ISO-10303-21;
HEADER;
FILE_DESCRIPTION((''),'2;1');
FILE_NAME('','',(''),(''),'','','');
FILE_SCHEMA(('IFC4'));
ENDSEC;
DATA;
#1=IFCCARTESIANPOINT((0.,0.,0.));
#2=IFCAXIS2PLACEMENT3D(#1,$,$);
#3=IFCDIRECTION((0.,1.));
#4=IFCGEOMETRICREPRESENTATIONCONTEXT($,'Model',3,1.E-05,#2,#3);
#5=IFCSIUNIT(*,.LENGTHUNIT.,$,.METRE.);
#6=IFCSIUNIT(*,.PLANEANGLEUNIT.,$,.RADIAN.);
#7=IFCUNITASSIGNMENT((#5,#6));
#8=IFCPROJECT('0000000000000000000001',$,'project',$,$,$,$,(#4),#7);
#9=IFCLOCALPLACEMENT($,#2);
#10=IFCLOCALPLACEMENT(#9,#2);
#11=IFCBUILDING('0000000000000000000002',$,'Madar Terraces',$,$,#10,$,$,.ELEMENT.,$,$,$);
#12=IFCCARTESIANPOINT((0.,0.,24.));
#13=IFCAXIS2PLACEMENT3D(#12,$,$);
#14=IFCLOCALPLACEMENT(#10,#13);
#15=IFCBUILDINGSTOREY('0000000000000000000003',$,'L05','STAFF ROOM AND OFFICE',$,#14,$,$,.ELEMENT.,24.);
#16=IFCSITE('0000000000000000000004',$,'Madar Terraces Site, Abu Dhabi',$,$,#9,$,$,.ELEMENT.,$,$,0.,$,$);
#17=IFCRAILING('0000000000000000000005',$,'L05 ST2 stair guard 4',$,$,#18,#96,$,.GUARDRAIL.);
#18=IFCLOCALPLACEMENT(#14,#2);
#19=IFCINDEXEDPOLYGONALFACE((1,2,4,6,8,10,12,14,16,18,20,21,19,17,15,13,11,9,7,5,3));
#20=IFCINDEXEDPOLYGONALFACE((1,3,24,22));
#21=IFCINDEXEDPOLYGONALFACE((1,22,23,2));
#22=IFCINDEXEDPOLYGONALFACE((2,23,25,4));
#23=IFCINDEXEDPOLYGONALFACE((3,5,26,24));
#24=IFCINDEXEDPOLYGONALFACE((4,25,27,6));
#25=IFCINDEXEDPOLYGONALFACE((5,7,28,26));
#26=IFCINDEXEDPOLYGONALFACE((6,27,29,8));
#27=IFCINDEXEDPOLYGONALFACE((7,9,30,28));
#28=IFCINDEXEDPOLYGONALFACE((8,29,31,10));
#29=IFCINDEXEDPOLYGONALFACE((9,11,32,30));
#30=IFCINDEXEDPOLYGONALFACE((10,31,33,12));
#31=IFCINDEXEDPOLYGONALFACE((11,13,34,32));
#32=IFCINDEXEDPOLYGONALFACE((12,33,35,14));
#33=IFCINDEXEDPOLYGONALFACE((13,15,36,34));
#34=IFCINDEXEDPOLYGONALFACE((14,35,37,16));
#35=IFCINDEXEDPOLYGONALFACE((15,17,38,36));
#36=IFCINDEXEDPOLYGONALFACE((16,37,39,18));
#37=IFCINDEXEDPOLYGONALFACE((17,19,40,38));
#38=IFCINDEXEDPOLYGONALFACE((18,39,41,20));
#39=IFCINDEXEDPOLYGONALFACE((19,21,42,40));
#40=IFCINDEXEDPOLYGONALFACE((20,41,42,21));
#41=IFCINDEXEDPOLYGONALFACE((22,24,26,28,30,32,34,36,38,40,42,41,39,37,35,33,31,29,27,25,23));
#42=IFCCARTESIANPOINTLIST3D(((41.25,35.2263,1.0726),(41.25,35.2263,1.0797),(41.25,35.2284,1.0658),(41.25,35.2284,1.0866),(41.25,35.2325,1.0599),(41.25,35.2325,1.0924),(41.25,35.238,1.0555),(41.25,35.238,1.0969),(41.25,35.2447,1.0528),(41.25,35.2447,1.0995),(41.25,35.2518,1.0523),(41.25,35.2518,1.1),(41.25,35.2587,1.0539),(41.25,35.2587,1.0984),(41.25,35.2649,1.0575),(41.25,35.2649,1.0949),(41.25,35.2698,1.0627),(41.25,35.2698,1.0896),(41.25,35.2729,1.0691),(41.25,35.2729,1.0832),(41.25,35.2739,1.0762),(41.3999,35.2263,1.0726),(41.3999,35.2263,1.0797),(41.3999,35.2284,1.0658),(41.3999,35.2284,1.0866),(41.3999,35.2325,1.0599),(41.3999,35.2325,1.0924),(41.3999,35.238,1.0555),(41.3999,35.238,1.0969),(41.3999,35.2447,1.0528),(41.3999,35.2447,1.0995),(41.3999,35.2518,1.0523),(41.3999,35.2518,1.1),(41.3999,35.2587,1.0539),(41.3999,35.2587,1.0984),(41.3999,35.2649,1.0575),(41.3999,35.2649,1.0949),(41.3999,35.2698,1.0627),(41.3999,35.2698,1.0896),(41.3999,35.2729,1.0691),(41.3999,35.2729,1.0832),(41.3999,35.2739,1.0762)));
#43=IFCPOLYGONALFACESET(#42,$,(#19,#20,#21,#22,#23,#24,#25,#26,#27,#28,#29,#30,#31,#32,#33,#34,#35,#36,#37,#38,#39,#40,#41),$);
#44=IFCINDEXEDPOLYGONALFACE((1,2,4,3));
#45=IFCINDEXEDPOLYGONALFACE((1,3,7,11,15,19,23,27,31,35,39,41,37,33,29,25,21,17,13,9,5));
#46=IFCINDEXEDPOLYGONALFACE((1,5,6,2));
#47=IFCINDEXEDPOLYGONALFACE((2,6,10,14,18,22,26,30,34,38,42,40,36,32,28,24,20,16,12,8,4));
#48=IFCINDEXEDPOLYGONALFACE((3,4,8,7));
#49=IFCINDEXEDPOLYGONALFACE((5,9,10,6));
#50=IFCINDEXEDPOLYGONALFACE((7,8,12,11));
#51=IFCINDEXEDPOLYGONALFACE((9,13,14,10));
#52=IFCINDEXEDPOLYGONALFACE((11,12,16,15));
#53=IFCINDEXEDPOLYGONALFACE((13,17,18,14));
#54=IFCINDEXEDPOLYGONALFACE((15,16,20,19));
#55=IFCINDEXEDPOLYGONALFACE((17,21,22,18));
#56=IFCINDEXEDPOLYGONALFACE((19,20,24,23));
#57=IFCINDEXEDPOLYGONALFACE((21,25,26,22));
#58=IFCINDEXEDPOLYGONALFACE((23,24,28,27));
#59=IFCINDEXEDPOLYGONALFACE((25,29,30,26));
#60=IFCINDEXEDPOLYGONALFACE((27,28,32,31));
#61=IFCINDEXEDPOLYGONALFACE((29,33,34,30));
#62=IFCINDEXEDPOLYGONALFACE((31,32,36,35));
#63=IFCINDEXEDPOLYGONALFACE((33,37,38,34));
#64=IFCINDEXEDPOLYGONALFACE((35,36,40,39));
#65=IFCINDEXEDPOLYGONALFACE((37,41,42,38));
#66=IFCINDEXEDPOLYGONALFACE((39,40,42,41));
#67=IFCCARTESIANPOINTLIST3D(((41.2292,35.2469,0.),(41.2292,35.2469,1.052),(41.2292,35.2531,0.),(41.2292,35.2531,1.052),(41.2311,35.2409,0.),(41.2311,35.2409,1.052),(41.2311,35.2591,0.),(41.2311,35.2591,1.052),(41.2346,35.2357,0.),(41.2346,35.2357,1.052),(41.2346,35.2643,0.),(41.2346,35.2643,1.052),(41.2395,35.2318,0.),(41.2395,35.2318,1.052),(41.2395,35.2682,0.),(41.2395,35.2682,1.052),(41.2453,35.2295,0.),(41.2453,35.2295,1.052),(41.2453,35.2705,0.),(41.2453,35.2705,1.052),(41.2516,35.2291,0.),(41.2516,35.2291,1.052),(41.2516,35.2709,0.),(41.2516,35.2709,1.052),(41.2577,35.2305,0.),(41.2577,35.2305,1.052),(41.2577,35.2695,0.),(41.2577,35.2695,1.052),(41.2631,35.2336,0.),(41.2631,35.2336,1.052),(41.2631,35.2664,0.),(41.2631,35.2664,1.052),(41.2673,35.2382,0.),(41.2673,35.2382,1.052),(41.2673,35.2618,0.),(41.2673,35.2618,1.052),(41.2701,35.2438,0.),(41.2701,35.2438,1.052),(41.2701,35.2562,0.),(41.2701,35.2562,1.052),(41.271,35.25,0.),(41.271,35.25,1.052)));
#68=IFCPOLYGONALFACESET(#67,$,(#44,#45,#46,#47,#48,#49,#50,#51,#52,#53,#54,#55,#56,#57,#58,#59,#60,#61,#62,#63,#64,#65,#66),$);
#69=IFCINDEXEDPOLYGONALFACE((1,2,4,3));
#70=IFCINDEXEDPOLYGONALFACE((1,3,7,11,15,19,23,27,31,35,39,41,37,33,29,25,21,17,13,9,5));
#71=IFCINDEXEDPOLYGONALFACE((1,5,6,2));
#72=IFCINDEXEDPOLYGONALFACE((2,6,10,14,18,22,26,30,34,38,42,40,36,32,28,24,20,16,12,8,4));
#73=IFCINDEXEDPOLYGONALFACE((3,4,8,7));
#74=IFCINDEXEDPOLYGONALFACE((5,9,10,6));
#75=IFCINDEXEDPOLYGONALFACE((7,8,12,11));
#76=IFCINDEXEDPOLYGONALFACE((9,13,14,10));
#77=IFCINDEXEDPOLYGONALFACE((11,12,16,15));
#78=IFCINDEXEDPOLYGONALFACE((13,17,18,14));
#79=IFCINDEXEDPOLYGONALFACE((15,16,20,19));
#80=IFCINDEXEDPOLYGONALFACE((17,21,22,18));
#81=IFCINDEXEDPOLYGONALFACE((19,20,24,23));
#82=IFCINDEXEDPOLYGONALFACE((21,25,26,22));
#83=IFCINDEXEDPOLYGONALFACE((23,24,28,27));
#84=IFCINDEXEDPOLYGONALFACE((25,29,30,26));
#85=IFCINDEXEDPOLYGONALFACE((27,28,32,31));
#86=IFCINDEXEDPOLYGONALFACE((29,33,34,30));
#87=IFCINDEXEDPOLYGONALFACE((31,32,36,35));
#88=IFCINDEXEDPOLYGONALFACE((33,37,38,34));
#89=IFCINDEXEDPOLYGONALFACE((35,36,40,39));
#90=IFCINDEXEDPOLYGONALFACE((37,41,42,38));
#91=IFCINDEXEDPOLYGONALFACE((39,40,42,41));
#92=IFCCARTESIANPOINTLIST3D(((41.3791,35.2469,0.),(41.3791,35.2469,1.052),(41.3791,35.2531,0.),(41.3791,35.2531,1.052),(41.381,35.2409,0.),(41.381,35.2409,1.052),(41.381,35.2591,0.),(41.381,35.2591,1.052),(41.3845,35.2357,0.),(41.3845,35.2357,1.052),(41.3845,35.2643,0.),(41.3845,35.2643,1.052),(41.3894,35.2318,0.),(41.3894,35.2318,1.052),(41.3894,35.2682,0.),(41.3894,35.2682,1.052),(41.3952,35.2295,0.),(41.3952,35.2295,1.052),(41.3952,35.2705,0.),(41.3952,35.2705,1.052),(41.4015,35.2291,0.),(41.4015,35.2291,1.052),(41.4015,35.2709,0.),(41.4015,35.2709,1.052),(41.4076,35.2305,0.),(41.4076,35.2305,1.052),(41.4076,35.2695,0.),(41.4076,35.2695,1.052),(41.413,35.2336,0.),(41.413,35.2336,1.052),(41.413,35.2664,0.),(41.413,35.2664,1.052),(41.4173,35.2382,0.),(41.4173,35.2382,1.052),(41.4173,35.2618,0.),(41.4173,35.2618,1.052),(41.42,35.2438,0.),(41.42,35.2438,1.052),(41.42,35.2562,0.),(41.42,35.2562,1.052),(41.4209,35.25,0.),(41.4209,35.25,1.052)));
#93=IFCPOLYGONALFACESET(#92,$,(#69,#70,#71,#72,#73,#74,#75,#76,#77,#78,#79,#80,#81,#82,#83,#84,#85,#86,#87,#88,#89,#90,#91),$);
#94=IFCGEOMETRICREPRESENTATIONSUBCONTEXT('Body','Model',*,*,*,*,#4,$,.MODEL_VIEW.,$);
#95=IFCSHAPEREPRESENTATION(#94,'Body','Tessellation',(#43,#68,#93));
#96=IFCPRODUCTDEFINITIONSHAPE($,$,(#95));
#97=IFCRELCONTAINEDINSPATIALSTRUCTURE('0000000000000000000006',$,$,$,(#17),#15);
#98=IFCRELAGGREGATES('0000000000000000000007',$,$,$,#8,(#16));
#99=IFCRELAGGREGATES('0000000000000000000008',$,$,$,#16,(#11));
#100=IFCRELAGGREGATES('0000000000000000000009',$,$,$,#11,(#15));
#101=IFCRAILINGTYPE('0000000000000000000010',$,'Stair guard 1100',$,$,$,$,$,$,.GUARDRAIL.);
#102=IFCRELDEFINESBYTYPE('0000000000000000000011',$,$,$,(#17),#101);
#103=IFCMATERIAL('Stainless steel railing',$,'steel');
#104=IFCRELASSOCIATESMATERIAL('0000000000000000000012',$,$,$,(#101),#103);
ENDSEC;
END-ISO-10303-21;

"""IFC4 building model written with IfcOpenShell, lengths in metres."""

from ifc_helpers import new_model, si_unit, direction, frame, origin, origin_2d, place, context, subcontext, project, spatial, circle, extrude, material, type_object, element, save


model = new_model("IFC4")

# Units and contexts
model_context = context("Model", 3, precision=1e-05, world=origin(), true_north=direction((0.0, 1.0)))
body_context = subcontext(model_context, "Body", "Model", "MODEL_VIEW")
ifc_project = project(units=[si_unit("LENGTHUNIT", "METRE"), si_unit("PLANEANGLEUNIT", "RADIAN")], contexts=[model_context])

# Site, building, storey
site_placement = place(None, origin())
site = spatial("IfcSite", under=ifc_project, at=site_placement, Name="Madar Terraces Site, Abu Dhabi", CompositionType="ELEMENT", RefElevation=0.0)
building_placement = place(site_placement, origin())
building = spatial("IfcBuilding", under=site, at=building_placement, Name="Madar Terraces", CompositionType="ELEMENT")
storey_placement = place(building_placement, frame((0.0, 0.0, 24.0)))
storey = spatial("IfcBuildingStorey", under=building, at=storey_placement, Name="L05", Description="STAFF ROOM AND OFFICE", CompositionType="ELEMENT", Elevation=24.0)

# Railing
ifc_material_1 = material(Name="Stainless steel railing", Category="steel")
railing_type_1 = type_object("IfcRailingType", Name="Stair guard 1100", PredefinedType="GUARDRAIL", material=ifc_material_1)
railing_1_placement = place(storey_placement, frame((41.25, 35.25, 0.0)))
element("IfcRailing", 1, at=railing_1_placement, inside=storey, type_object=railing_type_1, Name="L05 ST2 stair guard 4", PredefinedType="GUARDRAIL", context=body_context, shape_type="SweptSolid", body=[
    extrude(circle(Radius=0.0239, at=origin_2d()), frame((0.0, 0.0, 1.0762), z_axis=(1.0, 0.0, 0.0), x_axis=(0.0, 1.0, 0.0)), (0.0, 0.0, 1.0), 0.1499),
    extrude(circle(Radius=0.021, at=origin_2d()), origin(), (0.0, 0.0, 1.0), 1.052),
    extrude(circle(Radius=0.021, at=origin_2d()), frame((0.1499, 0.0, 0.0)), (0.0, 0.0, 1.0), 1.052),
])

save(model, "model.ifc")
